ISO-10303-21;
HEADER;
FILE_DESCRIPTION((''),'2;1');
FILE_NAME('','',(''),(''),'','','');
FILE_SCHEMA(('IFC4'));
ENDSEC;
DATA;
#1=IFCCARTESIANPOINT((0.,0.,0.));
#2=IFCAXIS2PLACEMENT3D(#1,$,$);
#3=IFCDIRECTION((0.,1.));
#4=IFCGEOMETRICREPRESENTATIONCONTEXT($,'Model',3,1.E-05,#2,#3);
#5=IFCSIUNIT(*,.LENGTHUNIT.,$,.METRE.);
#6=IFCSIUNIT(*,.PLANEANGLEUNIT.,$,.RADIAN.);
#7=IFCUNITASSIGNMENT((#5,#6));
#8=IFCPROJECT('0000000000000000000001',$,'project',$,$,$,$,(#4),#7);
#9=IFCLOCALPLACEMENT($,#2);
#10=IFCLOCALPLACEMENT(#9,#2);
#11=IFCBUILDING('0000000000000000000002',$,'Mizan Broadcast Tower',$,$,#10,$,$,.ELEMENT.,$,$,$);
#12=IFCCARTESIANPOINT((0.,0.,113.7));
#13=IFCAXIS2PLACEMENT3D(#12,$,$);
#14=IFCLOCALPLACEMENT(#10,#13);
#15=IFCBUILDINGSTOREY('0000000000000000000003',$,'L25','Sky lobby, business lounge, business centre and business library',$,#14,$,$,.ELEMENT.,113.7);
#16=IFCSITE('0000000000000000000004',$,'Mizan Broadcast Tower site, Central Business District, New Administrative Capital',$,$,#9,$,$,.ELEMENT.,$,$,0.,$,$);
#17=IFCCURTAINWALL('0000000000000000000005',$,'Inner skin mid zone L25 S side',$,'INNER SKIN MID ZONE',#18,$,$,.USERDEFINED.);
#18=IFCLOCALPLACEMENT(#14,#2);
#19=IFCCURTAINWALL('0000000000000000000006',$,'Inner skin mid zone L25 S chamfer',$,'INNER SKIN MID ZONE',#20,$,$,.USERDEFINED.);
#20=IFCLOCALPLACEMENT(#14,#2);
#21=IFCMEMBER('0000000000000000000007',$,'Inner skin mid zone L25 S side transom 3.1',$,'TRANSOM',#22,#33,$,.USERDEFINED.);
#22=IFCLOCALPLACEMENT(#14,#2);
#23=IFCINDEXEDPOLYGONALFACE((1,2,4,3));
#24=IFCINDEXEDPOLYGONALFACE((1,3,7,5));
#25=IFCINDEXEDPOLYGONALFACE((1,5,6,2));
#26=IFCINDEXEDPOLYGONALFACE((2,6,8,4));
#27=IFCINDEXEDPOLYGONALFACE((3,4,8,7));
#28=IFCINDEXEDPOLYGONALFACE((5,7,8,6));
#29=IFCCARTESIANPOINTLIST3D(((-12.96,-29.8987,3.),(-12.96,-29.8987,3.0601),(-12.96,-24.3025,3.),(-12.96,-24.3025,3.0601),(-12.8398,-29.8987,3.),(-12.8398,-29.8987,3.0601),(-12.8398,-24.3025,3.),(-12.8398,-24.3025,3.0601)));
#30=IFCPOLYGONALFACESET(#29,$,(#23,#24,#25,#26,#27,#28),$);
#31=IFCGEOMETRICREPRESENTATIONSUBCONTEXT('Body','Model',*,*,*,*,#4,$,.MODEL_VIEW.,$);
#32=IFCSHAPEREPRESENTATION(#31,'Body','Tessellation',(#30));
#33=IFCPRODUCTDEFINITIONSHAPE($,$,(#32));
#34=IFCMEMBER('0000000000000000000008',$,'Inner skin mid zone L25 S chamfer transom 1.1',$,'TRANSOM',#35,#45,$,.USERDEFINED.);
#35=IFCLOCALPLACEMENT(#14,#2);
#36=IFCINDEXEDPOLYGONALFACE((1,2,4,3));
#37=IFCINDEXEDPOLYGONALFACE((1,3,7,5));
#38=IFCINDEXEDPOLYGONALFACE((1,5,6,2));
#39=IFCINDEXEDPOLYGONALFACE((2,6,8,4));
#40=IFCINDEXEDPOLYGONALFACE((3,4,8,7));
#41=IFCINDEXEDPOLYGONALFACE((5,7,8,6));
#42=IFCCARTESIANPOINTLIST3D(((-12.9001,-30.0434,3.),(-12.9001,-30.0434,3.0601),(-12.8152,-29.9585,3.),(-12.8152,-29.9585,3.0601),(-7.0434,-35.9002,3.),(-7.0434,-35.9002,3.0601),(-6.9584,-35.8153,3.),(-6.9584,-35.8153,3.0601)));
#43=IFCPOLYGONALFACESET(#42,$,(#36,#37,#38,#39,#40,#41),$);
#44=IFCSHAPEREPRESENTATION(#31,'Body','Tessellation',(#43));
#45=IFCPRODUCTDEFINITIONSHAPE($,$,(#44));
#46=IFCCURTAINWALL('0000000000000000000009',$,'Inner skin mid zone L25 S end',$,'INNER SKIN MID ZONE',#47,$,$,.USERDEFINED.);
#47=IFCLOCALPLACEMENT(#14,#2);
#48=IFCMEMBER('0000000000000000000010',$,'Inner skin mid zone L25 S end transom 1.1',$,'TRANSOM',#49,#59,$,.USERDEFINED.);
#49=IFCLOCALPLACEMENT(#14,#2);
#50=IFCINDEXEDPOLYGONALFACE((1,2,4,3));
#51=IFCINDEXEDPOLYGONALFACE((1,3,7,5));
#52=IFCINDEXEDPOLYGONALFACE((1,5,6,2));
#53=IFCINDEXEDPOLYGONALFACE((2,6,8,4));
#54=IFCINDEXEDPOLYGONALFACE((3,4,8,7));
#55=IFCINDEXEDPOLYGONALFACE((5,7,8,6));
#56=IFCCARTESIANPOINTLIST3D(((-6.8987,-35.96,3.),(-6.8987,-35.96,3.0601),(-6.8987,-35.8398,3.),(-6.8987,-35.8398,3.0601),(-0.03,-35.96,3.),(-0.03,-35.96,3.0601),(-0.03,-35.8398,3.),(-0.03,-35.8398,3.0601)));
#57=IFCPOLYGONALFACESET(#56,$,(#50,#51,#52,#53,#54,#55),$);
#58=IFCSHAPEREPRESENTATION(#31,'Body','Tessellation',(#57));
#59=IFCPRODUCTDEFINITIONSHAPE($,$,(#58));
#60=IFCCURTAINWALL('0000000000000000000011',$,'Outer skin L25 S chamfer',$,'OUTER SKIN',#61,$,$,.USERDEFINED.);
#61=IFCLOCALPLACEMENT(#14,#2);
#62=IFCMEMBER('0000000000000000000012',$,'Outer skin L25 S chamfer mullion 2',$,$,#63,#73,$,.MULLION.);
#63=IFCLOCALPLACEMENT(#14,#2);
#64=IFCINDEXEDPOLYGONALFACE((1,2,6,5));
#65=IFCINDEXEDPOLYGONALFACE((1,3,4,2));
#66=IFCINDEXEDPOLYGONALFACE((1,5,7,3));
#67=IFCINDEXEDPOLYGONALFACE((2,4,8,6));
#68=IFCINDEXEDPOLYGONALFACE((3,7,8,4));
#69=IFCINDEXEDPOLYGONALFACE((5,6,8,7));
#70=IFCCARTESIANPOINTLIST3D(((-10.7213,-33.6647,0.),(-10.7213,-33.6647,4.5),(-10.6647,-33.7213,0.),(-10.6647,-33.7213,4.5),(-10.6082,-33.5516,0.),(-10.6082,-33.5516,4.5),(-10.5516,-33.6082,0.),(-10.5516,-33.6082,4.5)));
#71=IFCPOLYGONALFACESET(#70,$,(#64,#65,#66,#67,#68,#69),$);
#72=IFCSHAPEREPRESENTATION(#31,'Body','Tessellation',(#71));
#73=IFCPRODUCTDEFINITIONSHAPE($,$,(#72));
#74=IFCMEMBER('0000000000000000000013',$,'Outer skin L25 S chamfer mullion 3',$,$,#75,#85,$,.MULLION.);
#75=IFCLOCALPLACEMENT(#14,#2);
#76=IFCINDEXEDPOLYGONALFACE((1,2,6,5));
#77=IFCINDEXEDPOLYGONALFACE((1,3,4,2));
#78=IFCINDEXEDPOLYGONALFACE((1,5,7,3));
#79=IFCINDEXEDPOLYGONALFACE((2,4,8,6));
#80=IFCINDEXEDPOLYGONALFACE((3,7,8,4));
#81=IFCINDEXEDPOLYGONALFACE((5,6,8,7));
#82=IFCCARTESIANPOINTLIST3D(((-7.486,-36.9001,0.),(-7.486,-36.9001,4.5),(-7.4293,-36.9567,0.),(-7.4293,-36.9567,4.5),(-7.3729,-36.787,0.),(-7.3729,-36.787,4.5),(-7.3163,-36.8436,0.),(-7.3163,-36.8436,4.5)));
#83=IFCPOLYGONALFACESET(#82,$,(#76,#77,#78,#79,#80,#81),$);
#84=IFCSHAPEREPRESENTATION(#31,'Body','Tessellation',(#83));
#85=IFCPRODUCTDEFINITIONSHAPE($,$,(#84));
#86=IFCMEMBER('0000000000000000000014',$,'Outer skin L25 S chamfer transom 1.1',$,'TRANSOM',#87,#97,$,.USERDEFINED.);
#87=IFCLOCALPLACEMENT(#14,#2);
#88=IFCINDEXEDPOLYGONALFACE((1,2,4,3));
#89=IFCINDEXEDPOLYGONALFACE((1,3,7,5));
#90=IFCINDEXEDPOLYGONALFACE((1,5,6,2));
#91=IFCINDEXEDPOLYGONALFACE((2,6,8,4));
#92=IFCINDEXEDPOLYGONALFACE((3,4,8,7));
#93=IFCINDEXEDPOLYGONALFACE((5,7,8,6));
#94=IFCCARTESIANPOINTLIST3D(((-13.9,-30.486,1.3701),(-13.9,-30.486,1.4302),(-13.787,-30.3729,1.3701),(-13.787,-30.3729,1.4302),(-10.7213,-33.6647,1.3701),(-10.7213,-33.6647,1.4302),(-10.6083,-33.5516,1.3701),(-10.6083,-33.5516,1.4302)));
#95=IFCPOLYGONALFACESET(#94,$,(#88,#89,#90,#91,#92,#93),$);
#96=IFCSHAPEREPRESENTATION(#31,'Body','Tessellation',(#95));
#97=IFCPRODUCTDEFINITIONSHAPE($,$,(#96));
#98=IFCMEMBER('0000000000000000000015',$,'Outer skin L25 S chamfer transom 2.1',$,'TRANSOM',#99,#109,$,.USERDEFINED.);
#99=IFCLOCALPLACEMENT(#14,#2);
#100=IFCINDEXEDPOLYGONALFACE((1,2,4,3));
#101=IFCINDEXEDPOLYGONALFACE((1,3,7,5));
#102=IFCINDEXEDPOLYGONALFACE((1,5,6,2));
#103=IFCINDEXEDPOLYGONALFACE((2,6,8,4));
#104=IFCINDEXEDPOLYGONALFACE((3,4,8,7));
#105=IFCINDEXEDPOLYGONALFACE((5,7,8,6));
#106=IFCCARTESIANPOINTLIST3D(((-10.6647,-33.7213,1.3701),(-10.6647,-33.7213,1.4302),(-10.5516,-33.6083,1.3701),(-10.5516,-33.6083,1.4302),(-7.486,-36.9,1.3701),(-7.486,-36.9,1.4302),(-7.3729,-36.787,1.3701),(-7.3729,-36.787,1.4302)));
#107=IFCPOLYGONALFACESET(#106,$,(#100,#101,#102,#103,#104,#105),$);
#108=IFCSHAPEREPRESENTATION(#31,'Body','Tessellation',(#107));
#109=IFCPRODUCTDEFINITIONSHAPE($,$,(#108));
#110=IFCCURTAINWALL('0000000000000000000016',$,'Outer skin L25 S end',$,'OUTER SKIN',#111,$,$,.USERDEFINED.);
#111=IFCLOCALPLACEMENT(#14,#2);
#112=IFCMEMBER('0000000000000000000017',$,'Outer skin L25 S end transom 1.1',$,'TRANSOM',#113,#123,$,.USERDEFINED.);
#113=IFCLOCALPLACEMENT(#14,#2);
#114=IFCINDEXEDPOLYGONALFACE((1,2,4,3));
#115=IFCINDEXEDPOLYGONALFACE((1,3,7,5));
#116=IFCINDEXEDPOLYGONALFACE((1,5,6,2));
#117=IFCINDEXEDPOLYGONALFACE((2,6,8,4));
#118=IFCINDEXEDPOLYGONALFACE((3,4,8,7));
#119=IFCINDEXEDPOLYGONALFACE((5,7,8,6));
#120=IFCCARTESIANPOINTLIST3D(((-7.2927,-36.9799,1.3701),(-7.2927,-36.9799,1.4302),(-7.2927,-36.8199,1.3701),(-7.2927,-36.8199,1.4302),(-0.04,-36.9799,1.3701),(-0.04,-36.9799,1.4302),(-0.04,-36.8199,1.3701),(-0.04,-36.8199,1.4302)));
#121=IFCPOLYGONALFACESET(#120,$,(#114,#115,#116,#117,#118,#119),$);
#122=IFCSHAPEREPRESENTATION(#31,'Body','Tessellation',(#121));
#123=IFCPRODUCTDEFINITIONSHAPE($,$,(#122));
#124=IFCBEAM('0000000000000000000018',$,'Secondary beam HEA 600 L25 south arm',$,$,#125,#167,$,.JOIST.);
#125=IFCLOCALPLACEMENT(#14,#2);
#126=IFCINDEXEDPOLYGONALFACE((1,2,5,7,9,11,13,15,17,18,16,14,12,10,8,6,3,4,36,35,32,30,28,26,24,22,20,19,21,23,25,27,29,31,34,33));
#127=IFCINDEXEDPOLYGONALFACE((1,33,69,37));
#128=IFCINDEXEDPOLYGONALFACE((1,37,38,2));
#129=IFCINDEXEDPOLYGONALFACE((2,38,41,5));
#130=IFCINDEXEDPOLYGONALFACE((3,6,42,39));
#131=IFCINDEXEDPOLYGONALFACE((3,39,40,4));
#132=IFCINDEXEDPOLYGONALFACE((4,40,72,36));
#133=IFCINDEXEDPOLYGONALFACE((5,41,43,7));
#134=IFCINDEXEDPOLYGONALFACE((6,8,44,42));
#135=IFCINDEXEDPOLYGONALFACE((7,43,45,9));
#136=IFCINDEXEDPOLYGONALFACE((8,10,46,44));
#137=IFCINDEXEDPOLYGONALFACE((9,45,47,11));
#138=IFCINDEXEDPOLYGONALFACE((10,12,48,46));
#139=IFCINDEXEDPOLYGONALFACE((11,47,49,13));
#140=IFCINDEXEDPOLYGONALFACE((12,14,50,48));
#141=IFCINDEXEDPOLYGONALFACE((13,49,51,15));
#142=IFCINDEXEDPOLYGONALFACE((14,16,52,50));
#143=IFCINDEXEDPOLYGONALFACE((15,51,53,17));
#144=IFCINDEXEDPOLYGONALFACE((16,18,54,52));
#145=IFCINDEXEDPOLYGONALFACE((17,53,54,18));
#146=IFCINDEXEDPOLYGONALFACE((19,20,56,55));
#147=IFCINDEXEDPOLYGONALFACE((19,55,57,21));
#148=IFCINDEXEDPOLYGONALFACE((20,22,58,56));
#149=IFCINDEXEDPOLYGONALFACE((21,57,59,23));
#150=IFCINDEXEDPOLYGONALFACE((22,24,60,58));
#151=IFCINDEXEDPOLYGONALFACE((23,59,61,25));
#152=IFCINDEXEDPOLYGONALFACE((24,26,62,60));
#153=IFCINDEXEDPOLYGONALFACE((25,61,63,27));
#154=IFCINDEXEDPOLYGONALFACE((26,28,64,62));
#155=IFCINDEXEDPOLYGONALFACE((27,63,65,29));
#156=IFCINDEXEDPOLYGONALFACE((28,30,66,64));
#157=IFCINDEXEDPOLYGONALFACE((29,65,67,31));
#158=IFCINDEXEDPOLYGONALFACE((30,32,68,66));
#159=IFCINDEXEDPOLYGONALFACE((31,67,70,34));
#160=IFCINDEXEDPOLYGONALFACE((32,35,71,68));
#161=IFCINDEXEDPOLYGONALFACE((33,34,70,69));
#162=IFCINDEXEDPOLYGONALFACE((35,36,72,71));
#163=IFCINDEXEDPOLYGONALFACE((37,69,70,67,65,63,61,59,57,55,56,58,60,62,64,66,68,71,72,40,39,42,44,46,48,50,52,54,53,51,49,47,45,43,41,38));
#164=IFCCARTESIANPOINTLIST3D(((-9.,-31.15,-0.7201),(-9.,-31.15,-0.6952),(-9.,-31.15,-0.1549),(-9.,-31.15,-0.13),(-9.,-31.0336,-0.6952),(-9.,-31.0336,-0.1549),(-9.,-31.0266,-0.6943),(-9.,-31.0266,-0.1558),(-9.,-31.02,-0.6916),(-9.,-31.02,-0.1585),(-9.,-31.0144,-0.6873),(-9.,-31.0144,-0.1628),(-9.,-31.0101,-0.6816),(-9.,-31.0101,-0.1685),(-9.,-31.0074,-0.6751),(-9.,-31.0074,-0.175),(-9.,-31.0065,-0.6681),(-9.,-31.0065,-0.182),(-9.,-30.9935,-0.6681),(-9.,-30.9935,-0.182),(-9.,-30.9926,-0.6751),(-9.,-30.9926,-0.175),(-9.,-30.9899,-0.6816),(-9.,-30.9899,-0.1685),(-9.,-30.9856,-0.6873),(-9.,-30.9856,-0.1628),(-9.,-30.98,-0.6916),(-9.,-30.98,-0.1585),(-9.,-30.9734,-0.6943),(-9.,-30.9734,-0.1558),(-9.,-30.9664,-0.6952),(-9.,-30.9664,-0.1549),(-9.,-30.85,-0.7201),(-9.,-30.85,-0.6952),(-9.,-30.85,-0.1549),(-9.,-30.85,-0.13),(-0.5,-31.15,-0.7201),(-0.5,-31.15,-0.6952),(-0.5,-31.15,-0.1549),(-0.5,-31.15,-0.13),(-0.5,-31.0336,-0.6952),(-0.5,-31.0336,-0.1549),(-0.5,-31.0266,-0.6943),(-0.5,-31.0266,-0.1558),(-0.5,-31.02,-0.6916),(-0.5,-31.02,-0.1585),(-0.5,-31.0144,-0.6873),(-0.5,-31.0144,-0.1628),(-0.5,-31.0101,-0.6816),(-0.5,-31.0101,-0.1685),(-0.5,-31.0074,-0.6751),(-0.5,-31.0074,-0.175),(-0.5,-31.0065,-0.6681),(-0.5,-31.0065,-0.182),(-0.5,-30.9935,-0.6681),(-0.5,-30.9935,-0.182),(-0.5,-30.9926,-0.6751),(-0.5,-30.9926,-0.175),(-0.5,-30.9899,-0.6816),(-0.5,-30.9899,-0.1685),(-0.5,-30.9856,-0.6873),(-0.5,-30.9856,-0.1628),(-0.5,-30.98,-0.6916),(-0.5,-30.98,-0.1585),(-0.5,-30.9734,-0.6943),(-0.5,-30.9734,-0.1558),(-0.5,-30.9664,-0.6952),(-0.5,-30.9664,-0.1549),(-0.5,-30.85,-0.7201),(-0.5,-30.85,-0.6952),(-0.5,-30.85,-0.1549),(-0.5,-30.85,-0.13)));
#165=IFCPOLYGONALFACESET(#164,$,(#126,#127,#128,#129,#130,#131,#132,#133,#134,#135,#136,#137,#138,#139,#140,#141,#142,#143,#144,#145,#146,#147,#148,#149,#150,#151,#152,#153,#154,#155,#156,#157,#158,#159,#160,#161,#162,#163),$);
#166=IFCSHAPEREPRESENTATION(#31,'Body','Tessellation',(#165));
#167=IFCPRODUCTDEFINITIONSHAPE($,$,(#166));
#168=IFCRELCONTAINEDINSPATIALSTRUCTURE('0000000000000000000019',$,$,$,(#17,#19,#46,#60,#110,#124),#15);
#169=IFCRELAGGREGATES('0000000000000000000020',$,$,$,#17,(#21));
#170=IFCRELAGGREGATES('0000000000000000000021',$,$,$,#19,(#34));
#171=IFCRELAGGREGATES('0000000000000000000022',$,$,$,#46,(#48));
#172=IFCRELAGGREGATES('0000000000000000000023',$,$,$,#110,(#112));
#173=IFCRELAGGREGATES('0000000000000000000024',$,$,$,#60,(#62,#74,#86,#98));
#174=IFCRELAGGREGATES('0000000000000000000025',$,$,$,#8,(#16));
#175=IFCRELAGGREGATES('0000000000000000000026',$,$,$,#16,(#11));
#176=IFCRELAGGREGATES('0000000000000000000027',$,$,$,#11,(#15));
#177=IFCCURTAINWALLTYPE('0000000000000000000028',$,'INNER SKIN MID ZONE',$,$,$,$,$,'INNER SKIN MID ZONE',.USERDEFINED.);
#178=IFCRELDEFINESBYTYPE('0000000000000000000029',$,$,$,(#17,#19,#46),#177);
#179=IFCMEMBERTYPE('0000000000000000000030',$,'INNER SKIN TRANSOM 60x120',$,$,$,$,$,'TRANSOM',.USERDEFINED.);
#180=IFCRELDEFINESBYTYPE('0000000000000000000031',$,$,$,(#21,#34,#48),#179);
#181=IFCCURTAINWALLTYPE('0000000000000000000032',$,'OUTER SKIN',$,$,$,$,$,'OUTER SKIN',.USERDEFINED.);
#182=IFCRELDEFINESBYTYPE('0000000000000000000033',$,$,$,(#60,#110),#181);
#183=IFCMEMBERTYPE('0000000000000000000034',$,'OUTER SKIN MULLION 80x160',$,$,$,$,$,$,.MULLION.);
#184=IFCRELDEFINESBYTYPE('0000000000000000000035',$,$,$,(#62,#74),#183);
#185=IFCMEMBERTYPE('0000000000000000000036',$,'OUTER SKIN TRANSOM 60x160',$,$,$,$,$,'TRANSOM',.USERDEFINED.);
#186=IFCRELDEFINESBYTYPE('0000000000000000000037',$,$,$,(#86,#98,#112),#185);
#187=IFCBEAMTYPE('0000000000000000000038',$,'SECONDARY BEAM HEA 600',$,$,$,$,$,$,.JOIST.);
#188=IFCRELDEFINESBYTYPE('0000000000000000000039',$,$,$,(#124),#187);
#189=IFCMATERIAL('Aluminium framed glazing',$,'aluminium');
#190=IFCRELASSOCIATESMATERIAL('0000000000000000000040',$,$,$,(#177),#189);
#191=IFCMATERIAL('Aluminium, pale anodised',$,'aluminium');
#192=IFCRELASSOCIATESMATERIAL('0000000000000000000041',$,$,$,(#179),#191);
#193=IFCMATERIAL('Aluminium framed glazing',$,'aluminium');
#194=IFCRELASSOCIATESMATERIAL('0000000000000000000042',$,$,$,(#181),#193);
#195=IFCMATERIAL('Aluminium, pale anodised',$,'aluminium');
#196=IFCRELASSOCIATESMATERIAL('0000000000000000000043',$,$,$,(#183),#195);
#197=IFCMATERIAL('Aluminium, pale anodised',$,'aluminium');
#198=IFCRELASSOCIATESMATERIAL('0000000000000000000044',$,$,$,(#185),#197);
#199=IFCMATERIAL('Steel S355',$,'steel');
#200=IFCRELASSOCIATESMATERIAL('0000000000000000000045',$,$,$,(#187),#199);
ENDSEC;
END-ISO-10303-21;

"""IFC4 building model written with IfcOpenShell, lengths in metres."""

from ifc_helpers import new_model, si_unit, direction, frame, origin, origin_2d, place, context, subcontext, project, spatial, rectangle, i_section, extrude, material, material_profile, profile_set, type_object, element, aggregate, save


model = new_model("IFC4")

# Units and contexts
model_context = context("Model", 3, precision=1e-05, world=origin(), true_north=direction((0.0, 1.0)))
body_context = subcontext(model_context, "Body", "Model", "MODEL_VIEW")
ifc_project = project(units=[si_unit("LENGTHUNIT", "METRE"), si_unit("PLANEANGLEUNIT", "RADIAN")], contexts=[model_context])

# Site, building, storey
site_placement = place(None, origin())
site = spatial("IfcSite", under=ifc_project, at=site_placement, Name="Mizan Broadcast Tower site, Central Business District, New Administrative Capital", CompositionType="ELEMENT", RefElevation=0.0)
building_placement = place(site_placement, origin())
building = spatial("IfcBuilding", under=site, at=building_placement, Name="Mizan Broadcast Tower", CompositionType="ELEMENT")
storey_placement = place(building_placement, frame((0.0, 0.0, 113.7)))
storey = spatial("IfcBuildingStorey", under=building, at=storey_placement, Name="L25", Description="Sky lobby, business lounge, business centre and business library", CompositionType="ELEMENT", Elevation=113.7)

# Curtain wall
ifc_material_1 = material(Name="Aluminium framed glazing", Category="aluminium")
curtain_wall_type_1 = type_object("IfcCurtainWallType", Name="INNER SKIN MID ZONE", ElementType="INNER SKIN MID ZONE", PredefinedType="USERDEFINED", material=ifc_material_1)
curtain_wall_1_placement = place(storey_placement, origin())
curtain_wall_1 = element("IfcCurtainWall", 1, at=curtain_wall_1_placement, inside=storey, type_object=curtain_wall_type_1, Name="Inner skin mid zone L25 S side", ObjectType="INNER SKIN MID ZONE", PredefinedType="USERDEFINED")

# Curtain wall
curtain_wall_2_placement = place(storey_placement, origin())
curtain_wall_2 = element("IfcCurtainWall", 2, at=curtain_wall_2_placement, inside=storey, type_object=curtain_wall_type_1, Name="Inner skin mid zone L25 S chamfer", ObjectType="INNER SKIN MID ZONE", PredefinedType="USERDEFINED")

# Members
ifc_material_2 = material(Name="Aluminium, pale anodised", Category="aluminium")
ifc_material_profile_1 = material_profile(ifc_material_2, rectangle(XDim=0.1201, YDim=0.0601, at=origin_2d()), Name="TRANSOM 120x60")
ifc_profile_set_1 = profile_set([ifc_material_profile_1], Name="Aluminium, pale anodised")
member_type_1 = type_object("IfcMemberType", Name="INNER SKIN TRANSOM 60x120", ElementType="TRANSOM", PredefinedType="USERDEFINED", material=ifc_profile_set_1)
member_1_placement = place(storey_placement, frame((-12.8999, -24.3025, 3.03), z_axis=(0.0, -1.0, 0.0), x_axis=(1.0, 0.0, 0.0)))
member_1 = element("IfcMember", 3, at=member_1_placement, type_object=member_type_1, Name="Inner skin mid zone L25 S side transom 3.1", ObjectType="TRANSOM", PredefinedType="USERDEFINED", context=body_context, shape_type="SweptSolid", body=[
    extrude(rectangle(XDim=0.1201, YDim=0.0601, at=origin_2d()), origin(), (0.0, 0.0, 1.0), 5.5962),
])
member_2_placement = place(storey_placement, frame((-12.8577, -30.001, 3.03), z_axis=(0.707107, -0.707107, 0.0), x_axis=(0.707107, 0.707107, 0.0)))
member_2 = element("IfcMember", 4, at=member_2_placement, type_object=member_type_1, Name="Inner skin mid zone L25 S chamfer transom 1.1", ObjectType="TRANSOM", PredefinedType="USERDEFINED", context=body_context, shape_type="SweptSolid", body=[
    extrude(rectangle(XDim=0.1201, YDim=0.0601, at=origin_2d()), origin(), (0.0, 0.0, 1.0), 8.2827),
])

# Curtain wall, member
curtain_wall_3_placement = place(storey_placement, origin())
curtain_wall_3 = element("IfcCurtainWall", 5, at=curtain_wall_3_placement, inside=storey, type_object=curtain_wall_type_1, Name="Inner skin mid zone L25 S end", ObjectType="INNER SKIN MID ZONE", PredefinedType="USERDEFINED")
member_3_placement = place(storey_placement, frame((-6.8987, -35.8999, 3.03), z_axis=(1.0, 0.0, 0.0), x_axis=(0.0, 1.0, 0.0)))
member_3 = element("IfcMember", 6, at=member_3_placement, type_object=member_type_1, Name="Inner skin mid zone L25 S end transom 1.1", ObjectType="TRANSOM", PredefinedType="USERDEFINED", context=body_context, shape_type="SweptSolid", body=[
    extrude(rectangle(XDim=0.1201, YDim=0.0601, at=origin_2d()), origin(), (0.0, 0.0, 1.0), 6.8687),
])

# Curtain wall, members
ifc_material_3 = material(Name="Aluminium framed glazing", Category="aluminium")
curtain_wall_type_2 = type_object("IfcCurtainWallType", Name="OUTER SKIN", ElementType="OUTER SKIN", PredefinedType="USERDEFINED", material=ifc_material_3)
curtain_wall_4_placement = place(storey_placement, origin())
curtain_wall_4 = element("IfcCurtainWall", 7, at=curtain_wall_4_placement, inside=storey, type_object=curtain_wall_type_2, Name="Outer skin L25 S chamfer", ObjectType="OUTER SKIN", PredefinedType="USERDEFINED")
ifc_material_4 = material(Name="Aluminium, pale anodised", Category="aluminium")
ifc_material_profile_2 = material_profile(ifc_material_4, rectangle(XDim=0.1599, YDim=0.0801, at=origin_2d()), Name="MULLION 160x80")
ifc_profile_set_2 = profile_set([ifc_material_profile_2], Name="Aluminium, pale anodised")
member_type_2 = type_object("IfcMemberType", Name="OUTER SKIN MULLION 80x160", PredefinedType="MULLION", material=ifc_profile_set_2)
member_4_placement = place(storey_placement, frame((-10.6365, -33.6365, 0.0), z_axis=(0.0, 0.0, 1.0), x_axis=(0.707107, 0.707107, 0.0)))
member_4 = element("IfcMember", 8, at=member_4_placement, type_object=member_type_2, Name="Outer skin L25 S chamfer mullion 2", PredefinedType="MULLION", context=body_context, shape_type="SweptSolid", body=[
    extrude(rectangle(XDim=0.1599, YDim=0.0801, at=origin_2d()), origin(), (0.0, 0.0, 1.0), 4.5),
])
member_5_placement = place(storey_placement, frame((-7.4011, -36.8718, 0.0), z_axis=(0.0, 0.0, 1.0), x_axis=(0.707107, 0.707107, 0.0)))
member_5 = element("IfcMember", 9, at=member_5_placement, type_object=member_type_2, Name="Outer skin L25 S chamfer mullion 3", PredefinedType="MULLION", context=body_context, shape_type="SweptSolid", body=[
    extrude(rectangle(XDim=0.1599, YDim=0.0801, at=origin_2d()), origin(), (0.0, 0.0, 1.0), 4.5),
])
ifc_material_5 = material(Name="Aluminium, pale anodised", Category="aluminium")
ifc_material_profile_3 = material_profile(ifc_material_5, rectangle(XDim=0.1599, YDim=0.0601, at=origin_2d()), Name="TRANSOM 160x60")
ifc_profile_set_3 = profile_set([ifc_material_profile_3], Name="Aluminium, pale anodised")
member_type_3 = type_object("IfcMemberType", Name="OUTER SKIN TRANSOM 60x160", ElementType="TRANSOM", PredefinedType="USERDEFINED", material=ifc_profile_set_3)
member_6_placement = place(storey_placement, frame((-13.8435, -30.4294, 1.4001), z_axis=(0.707107, -0.707107, 0.0), x_axis=(0.707107, 0.707107, 0.0)))
member_6 = element("IfcMember", 10, at=member_6_placement, type_object=member_type_3, Name="Outer skin L25 S chamfer transom 1.1", ObjectType="TRANSOM", PredefinedType="USERDEFINED", context=body_context, shape_type="SweptSolid", body=[
    extrude(rectangle(XDim=0.1599, YDim=0.0601, at=origin_2d()), origin(), (0.0, 0.0, 1.0), 4.4954),
])
member_7_placement = place(storey_placement, frame((-10.6082, -33.6648, 1.4001), z_axis=(0.707107, -0.707107, 0.0), x_axis=(0.707107, 0.707107, 0.0)))
member_7 = element("IfcMember", 11, at=member_7_placement, type_object=member_type_3, Name="Outer skin L25 S chamfer transom 2.1", ObjectType="TRANSOM", PredefinedType="USERDEFINED", context=body_context, shape_type="SweptSolid", body=[
    extrude(rectangle(XDim=0.1599, YDim=0.0601, at=origin_2d()), origin(), (0.0, 0.0, 1.0), 4.4954),
])

# Curtain wall, member
curtain_wall_5_placement = place(storey_placement, origin())
curtain_wall_5 = element("IfcCurtainWall", 12, at=curtain_wall_5_placement, inside=storey, type_object=curtain_wall_type_2, Name="Outer skin L25 S end", ObjectType="OUTER SKIN", PredefinedType="USERDEFINED")
member_8_placement = place(storey_placement, frame((-7.2927, -36.8999, 1.4001), z_axis=(1.0, 0.0, 0.0), x_axis=(0.0, 1.0, 0.0)))
member_8 = element("IfcMember", 13, at=member_8_placement, type_object=member_type_3, Name="Outer skin L25 S end transom 1.1", ObjectType="TRANSOM", PredefinedType="USERDEFINED", context=body_context, shape_type="SweptSolid", body=[
    extrude(rectangle(XDim=0.1599, YDim=0.0601, at=origin_2d()), origin(), (0.0, 0.0, 1.0), 7.2527),
])

# Beam
ifc_material_6 = material(Name="Steel S355", Category="steel")
ifc_material_profile_4 = material_profile(ifc_material_6, i_section(OverallWidth=0.3, OverallDepth=0.5901, WebThickness=0.0129, FlangeThickness=0.0249, FilletRadius=0.0271, at=origin_2d()), Name="HEA 600")
ifc_profile_set_4 = profile_set([ifc_material_profile_4], Name="Steel S355")
beam_type_1 = type_object("IfcBeamType", Name="SECONDARY BEAM HEA 600", PredefinedType="JOIST", material=ifc_profile_set_4)
beam_1_placement = place(storey_placement, frame((-9.0, -31.0, -0.425), z_axis=(1.0, 0.0, 0.0), x_axis=(0.0, 1.0, 0.0)))
element("IfcBeam", 14, at=beam_1_placement, inside=storey, type_object=beam_type_1, Name="Secondary beam HEA 600 L25 south arm", PredefinedType="JOIST", context=body_context, shape_type="SweptSolid", body=[
    extrude(i_section(OverallWidth=0.3, OverallDepth=0.5901, WebThickness=0.0129, FlangeThickness=0.0249, FilletRadius=0.0271, at=origin_2d()), origin(), (0.0, 0.0, 1.0), 8.5),
])

aggregate(curtain_wall_1, [member_1])
aggregate(curtain_wall_2, [member_2])
aggregate(curtain_wall_3, [member_3])
aggregate(curtain_wall_5, [member_8])
aggregate(curtain_wall_4, [member_4, member_5, member_6, member_7])

save(model, "model.ifc")
